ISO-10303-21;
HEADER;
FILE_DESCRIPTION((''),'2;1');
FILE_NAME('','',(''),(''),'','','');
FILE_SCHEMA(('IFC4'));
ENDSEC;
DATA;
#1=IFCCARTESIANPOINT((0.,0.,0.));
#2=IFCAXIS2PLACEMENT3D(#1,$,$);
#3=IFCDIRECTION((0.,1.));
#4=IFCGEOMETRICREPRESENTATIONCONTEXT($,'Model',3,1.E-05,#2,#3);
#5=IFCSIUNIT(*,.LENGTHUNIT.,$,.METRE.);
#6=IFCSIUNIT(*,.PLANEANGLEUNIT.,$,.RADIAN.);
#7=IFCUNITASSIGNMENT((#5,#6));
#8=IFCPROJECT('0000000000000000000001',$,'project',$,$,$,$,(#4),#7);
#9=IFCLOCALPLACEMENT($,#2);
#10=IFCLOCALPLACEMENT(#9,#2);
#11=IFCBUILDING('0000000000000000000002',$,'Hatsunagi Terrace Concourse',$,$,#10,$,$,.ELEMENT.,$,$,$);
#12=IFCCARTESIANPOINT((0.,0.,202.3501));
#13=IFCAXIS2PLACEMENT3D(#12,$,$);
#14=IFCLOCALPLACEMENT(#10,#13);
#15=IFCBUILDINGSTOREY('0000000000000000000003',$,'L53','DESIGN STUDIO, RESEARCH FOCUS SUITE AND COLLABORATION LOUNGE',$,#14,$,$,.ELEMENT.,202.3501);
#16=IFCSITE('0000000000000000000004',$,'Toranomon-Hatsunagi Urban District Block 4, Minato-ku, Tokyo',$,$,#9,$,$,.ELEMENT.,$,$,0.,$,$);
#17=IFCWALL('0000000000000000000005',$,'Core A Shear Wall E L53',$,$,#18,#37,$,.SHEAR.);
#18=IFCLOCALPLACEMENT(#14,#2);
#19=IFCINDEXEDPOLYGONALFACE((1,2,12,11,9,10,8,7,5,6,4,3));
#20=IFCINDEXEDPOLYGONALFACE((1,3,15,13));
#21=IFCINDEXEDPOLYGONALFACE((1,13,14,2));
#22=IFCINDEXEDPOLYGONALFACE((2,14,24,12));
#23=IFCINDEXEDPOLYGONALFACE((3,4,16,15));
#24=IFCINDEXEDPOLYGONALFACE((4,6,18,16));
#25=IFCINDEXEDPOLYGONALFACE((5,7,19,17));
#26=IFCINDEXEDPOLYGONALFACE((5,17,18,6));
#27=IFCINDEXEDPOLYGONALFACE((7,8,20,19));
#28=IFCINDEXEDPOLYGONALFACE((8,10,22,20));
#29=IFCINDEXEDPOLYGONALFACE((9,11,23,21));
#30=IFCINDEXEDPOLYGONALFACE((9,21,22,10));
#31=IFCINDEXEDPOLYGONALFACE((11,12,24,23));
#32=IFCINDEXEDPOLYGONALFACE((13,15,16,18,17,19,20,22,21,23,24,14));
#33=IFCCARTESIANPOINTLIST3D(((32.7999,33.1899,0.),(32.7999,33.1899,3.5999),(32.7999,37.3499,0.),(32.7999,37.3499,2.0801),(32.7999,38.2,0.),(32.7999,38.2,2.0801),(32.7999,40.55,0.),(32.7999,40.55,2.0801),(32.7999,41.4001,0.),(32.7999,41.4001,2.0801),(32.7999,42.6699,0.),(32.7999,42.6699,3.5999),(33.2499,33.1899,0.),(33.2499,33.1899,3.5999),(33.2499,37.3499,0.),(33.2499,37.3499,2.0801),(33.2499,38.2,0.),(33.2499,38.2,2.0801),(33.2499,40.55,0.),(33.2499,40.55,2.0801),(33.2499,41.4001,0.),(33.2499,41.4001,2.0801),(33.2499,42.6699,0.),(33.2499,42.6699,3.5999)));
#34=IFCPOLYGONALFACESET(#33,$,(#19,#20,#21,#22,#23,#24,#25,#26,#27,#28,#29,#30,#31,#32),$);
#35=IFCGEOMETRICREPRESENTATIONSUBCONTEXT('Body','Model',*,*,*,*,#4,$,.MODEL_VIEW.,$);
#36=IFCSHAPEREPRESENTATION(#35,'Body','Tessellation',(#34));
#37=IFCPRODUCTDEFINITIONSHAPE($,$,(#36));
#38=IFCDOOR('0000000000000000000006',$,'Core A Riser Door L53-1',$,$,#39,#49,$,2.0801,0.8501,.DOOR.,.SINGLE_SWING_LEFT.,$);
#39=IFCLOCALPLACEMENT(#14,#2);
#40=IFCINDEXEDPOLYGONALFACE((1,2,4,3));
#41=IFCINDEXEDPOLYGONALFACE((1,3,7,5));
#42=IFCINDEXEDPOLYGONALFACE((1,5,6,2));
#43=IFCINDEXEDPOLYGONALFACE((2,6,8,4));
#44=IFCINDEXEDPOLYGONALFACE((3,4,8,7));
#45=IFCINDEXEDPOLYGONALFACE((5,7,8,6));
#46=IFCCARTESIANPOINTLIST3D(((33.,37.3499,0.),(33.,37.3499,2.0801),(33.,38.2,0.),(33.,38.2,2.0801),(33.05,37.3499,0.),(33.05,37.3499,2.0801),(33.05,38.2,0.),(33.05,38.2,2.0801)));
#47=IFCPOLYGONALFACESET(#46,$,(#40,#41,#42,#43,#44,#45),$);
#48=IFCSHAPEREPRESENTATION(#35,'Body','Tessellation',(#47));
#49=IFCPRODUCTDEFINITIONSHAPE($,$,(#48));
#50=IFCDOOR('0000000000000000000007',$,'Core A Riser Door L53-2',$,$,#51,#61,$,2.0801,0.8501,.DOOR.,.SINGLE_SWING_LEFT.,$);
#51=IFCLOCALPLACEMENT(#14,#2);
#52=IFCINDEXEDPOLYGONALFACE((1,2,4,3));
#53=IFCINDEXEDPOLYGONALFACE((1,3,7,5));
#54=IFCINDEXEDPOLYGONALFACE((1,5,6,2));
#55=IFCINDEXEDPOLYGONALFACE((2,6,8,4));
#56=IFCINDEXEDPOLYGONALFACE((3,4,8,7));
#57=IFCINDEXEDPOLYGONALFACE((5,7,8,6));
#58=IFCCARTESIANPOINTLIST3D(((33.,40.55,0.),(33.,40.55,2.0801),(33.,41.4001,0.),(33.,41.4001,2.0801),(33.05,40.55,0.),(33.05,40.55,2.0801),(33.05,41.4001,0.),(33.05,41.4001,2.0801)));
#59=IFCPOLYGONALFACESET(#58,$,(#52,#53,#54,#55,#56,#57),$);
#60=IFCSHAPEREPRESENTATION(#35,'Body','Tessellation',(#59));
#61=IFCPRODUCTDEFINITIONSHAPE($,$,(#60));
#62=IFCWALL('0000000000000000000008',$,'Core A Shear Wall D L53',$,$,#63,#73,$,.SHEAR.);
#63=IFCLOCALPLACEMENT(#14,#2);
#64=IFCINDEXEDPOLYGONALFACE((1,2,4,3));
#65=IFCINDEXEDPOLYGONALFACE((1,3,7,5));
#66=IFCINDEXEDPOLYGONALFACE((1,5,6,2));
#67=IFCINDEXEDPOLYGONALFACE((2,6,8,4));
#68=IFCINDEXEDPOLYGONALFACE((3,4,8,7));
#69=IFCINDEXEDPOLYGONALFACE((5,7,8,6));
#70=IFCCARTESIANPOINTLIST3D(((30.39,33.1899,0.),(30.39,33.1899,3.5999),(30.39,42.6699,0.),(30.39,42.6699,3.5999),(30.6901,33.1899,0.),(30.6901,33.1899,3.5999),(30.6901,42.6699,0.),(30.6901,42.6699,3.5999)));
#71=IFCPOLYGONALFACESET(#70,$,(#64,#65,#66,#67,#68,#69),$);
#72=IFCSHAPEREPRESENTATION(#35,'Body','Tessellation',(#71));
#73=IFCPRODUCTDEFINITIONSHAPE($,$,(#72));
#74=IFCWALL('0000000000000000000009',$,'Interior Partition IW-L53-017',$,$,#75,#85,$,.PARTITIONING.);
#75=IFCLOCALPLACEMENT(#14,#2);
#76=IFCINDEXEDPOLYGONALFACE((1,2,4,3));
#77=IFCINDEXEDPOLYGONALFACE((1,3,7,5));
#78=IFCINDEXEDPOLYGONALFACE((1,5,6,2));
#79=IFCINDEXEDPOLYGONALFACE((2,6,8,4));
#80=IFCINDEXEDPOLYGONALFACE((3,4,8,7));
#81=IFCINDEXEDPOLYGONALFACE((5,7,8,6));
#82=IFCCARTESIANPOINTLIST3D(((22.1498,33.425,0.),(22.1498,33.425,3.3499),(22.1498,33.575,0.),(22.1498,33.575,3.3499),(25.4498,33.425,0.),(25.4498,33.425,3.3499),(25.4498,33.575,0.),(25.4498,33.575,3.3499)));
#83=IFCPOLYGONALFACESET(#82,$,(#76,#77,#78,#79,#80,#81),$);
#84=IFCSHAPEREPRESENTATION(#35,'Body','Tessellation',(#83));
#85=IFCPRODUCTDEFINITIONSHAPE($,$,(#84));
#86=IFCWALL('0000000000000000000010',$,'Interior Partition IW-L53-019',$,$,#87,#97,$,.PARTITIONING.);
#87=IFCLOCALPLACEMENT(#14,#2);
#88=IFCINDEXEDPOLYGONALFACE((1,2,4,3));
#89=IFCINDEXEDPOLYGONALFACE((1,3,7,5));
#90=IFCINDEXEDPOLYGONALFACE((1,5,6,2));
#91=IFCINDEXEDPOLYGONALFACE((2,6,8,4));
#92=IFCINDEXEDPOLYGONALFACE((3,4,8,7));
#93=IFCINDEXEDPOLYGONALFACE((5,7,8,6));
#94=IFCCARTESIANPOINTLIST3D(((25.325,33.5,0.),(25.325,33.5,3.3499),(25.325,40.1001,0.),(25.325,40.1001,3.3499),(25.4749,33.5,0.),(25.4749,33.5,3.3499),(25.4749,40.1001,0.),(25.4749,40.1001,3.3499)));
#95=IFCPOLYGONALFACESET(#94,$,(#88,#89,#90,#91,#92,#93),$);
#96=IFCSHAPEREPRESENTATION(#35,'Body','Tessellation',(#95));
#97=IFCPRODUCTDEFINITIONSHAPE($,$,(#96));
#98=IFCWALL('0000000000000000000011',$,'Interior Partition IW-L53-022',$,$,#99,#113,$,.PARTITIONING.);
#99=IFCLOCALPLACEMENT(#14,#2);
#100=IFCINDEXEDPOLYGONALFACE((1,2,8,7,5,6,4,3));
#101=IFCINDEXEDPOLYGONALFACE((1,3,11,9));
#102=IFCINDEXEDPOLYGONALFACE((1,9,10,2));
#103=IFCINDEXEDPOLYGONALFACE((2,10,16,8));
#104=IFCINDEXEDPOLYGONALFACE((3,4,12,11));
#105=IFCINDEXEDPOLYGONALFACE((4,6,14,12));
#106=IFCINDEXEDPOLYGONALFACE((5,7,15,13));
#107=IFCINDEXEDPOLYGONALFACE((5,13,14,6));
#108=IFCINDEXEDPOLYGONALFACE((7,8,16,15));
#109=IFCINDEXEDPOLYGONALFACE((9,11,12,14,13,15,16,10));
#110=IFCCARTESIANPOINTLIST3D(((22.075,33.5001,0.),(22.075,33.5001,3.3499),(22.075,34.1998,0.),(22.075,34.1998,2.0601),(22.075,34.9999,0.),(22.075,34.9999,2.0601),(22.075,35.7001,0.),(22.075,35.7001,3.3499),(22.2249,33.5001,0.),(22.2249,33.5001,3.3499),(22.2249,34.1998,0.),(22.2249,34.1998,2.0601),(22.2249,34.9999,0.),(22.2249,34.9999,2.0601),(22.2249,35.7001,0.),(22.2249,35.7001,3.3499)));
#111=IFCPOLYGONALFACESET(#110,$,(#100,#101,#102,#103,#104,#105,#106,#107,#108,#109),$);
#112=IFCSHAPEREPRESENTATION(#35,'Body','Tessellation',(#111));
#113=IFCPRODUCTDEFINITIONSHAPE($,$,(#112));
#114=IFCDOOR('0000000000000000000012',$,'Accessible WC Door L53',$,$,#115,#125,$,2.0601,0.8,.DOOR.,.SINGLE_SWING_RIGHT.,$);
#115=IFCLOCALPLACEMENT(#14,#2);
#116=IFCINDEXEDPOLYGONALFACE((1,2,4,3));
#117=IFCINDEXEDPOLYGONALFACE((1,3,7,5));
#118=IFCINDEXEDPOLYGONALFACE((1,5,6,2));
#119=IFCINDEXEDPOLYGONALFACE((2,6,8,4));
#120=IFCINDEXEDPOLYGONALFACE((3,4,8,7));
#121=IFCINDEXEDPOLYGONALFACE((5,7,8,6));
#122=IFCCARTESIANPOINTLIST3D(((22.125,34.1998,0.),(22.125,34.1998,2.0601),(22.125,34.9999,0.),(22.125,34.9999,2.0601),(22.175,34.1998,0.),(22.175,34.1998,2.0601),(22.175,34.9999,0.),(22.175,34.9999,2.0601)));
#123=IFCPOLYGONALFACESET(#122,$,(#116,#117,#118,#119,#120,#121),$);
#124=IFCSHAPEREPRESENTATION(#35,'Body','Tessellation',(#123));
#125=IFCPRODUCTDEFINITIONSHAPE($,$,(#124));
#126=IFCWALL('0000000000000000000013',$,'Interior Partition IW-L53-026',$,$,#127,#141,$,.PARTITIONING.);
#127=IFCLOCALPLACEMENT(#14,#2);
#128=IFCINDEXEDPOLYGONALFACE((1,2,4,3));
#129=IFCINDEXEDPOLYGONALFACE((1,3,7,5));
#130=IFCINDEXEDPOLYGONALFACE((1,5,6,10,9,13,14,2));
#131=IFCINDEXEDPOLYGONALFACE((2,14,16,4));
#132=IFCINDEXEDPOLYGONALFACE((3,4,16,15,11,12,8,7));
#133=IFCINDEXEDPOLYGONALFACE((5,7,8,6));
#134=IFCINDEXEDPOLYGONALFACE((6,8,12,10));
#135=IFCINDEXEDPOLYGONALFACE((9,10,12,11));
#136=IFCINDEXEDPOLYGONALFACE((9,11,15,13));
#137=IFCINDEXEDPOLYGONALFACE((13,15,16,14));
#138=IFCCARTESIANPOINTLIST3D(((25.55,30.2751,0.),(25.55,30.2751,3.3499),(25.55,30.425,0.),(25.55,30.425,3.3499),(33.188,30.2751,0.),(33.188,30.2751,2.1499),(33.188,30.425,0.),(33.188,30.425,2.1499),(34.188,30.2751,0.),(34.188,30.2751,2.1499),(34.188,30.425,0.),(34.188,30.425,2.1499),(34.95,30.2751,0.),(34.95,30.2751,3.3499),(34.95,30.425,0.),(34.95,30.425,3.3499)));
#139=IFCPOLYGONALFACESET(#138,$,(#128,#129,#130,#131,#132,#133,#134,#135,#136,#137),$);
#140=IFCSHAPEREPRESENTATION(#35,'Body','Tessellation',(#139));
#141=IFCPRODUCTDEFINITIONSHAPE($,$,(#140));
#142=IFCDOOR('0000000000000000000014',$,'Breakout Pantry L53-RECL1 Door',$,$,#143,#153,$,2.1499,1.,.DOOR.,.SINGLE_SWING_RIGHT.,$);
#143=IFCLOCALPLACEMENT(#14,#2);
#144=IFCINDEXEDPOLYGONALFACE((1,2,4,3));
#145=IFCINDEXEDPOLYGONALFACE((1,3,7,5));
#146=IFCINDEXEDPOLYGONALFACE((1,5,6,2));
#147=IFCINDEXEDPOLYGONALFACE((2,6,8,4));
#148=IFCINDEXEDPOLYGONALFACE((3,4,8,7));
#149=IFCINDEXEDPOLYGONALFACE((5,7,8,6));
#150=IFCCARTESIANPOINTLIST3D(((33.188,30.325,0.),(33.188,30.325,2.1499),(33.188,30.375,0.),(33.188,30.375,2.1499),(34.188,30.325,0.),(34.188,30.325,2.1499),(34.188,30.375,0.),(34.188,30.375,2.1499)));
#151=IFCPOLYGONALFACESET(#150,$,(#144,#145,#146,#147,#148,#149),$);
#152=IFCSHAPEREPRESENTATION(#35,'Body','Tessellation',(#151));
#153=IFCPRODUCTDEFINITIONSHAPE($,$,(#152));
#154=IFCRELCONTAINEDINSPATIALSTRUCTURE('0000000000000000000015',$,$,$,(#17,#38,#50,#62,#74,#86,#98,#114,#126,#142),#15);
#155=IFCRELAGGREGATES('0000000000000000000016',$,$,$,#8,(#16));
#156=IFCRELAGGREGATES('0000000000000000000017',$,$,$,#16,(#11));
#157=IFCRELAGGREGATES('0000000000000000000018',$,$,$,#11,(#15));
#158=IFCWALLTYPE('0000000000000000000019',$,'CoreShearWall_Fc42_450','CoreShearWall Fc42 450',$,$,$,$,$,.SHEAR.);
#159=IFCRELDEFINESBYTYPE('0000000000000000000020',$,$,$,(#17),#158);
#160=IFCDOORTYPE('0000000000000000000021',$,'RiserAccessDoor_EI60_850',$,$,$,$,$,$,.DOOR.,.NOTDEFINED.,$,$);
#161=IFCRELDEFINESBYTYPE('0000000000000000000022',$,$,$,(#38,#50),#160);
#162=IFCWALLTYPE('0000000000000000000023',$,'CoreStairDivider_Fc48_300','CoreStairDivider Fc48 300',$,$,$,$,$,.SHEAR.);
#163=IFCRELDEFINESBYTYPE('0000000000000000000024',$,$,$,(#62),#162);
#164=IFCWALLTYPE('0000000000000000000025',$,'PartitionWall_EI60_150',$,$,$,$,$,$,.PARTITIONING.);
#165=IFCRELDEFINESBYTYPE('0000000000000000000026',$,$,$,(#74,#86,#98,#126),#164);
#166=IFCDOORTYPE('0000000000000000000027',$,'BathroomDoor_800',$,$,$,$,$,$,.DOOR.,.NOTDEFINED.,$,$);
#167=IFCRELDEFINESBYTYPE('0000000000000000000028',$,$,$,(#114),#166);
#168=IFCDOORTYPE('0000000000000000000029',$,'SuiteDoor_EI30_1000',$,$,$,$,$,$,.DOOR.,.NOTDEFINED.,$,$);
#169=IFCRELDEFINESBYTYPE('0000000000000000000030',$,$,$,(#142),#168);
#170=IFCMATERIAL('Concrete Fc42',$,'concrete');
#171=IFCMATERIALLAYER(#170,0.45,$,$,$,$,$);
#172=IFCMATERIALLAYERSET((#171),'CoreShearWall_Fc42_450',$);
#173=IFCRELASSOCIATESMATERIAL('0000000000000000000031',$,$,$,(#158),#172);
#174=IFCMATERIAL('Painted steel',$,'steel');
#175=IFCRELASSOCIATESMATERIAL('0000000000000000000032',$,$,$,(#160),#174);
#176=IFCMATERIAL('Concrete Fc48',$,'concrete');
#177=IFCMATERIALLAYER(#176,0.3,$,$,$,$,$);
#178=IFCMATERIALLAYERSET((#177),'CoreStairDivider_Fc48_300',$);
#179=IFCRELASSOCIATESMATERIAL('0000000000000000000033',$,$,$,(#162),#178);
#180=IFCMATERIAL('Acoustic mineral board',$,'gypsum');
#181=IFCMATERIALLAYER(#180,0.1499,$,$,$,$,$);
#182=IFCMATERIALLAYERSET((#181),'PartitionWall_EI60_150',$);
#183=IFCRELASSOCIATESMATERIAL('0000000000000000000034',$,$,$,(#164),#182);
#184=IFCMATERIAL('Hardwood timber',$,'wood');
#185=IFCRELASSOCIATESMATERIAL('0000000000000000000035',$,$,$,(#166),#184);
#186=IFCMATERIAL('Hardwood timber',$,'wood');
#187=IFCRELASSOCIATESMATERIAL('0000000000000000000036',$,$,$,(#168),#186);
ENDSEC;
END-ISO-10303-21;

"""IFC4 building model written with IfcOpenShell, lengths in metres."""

from ifc_helpers import new_model, si_unit, direction, frame, frame_2d, origin, place, context, subcontext, project, spatial, rectangle, extrude, material, layer, layer_set, type_object, element, fill, save


model = new_model("IFC4")

# Units and contexts
model_context = context("Model", 3, precision=1e-05, world=origin(), true_north=direction((0.0, 1.0)))
body_context = subcontext(model_context, "Body", "Model", "MODEL_VIEW")
ifc_project = project(units=[si_unit("LENGTHUNIT", "METRE"), si_unit("PLANEANGLEUNIT", "RADIAN")], contexts=[model_context])

# Site, building, storey
site_placement = place(None, origin())
site = spatial("IfcSite", under=ifc_project, at=site_placement, Name="Toranomon-Hatsunagi Urban District Block 4, Minato-ku, Tokyo", CompositionType="ELEMENT", RefElevation=0.0)
building_placement = place(site_placement, origin())
building = spatial("IfcBuilding", under=site, at=building_placement, Name="Hatsunagi Terrace Concourse", CompositionType="ELEMENT")
storey_placement = place(building_placement, frame((0.0, 0.0, 202.3501)))
storey = spatial("IfcBuildingStorey", under=building, at=storey_placement, Name="L53", Description="DESIGN STUDIO, RESEARCH FOCUS SUITE AND COLLABORATION LOUNGE", CompositionType="ELEMENT", Elevation=202.3501)

# Shared definitions
ifc_material_1 = material(Name="Concrete Fc42", Category="concrete")
ifc_layer_1 = layer(ifc_material_1, 0.45)
ifc_layer_set_1 = layer_set([ifc_layer_1], Name="CoreShearWall_Fc42_450")
wall_type_1 = type_object("IfcWallType", Name="CoreShearWall_Fc42_450", Description="CoreShearWall Fc42 450", PredefinedType="SHEAR", material=ifc_layer_set_1)

# Wall, openings, doors
wall_1_placement = place(storey_placement, frame((33.0249, 33.1899, 0.0), z_axis=(0.0, 0.0, 1.0), x_axis=(0.0, 1.0, 0.0)))
wall_1 = element("IfcWall", 1, at=wall_1_placement, inside=storey, type_object=wall_type_1, Name="Core A Shear Wall E L53", PredefinedType="SHEAR", context=body_context, shape_type="SweptSolid", body=[
    extrude(rectangle(XDim=9.48, YDim=0.45, at=frame_2d((4.74, 0.0))), origin(), (0.0, 0.0, 1.0), 3.5999),
])
opening_1_placement = place(wall_1_placement, frame((4.1599, 0.0, 0.0)))
opening_1 = element("IfcOpeningElement", 2, at=opening_1_placement, cuts=wall_1, PredefinedType="OPENING", context=body_context, shape_type="SweptSolid", body=[
    extrude(rectangle(XDim=0.8501, YDim=2.0801, at=frame_2d((0.425, 1.04))), frame((0.0, 0.2349, 0.0), z_axis=(0.0, -1.0, 0.0), x_axis=(1.0, 0.0, 0.0)), (0.0, 0.0, 1.0), 0.47),
])
opening_2_placement = place(wall_1_placement, frame((7.3601, 0.0, 0.0)))
opening_2 = element("IfcOpeningElement", 3, at=opening_2_placement, cuts=wall_1, PredefinedType="OPENING", context=body_context, shape_type="SweptSolid", body=[
    extrude(rectangle(XDim=0.8501, YDim=2.0801, at=frame_2d((0.425, 1.04))), frame((0.0, 0.2349, 0.0), z_axis=(0.0, -1.0, 0.0), x_axis=(1.0, 0.0, 0.0)), (0.0, 0.0, 1.0), 0.47),
])
ifc_material_2 = material(Name="Painted steel", Category="steel")
door_type_1 = type_object("IfcDoorType", Name="RiserAccessDoor_EI60_850", OperationType="NOTDEFINED", PredefinedType="DOOR", material=ifc_material_2)
door_1_placement = place(opening_1_placement, origin())
door_1 = element("IfcDoor", 4, at=door_1_placement, inside=storey, type_object=door_type_1, Name="Core A Riser Door L53-1", OperationType="SINGLE_SWING_LEFT", OverallHeight=2.0801, OverallWidth=0.8501, PredefinedType="DOOR", context=body_context, shape_type="SweptSolid", body=[
    extrude(rectangle(XDim=0.8501, YDim=2.0801, at=frame_2d((0.425, 1.04))), frame((0.0, 0.0249, 0.0), z_axis=(0.0, -1.0, 0.0), x_axis=(1.0, 0.0, 0.0)), (0.0, 0.0, 1.0), 0.05),
])
fill(opening_1, door_1)
door_2_placement = place(opening_2_placement, origin())
door_2 = element("IfcDoor", 5, at=door_2_placement, inside=storey, type_object=door_type_1, Name="Core A Riser Door L53-2", OperationType="SINGLE_SWING_LEFT", OverallHeight=2.0801, OverallWidth=0.8501, PredefinedType="DOOR", context=body_context, shape_type="SweptSolid", body=[
    extrude(rectangle(XDim=0.8501, YDim=2.0801, at=frame_2d((0.425, 1.04))), frame((0.0, 0.0249, 0.0), z_axis=(0.0, -1.0, 0.0), x_axis=(1.0, 0.0, 0.0)), (0.0, 0.0, 1.0), 0.05),
])
fill(opening_2, door_2)

# Walls
ifc_material_3 = material(Name="Concrete Fc48", Category="concrete")
ifc_layer_2 = layer(ifc_material_3, 0.3)
ifc_layer_set_2 = layer_set([ifc_layer_2], Name="CoreStairDivider_Fc48_300")
wall_type_2 = type_object("IfcWallType", Name="CoreStairDivider_Fc48_300", Description="CoreStairDivider Fc48 300", PredefinedType="SHEAR", material=ifc_layer_set_2)
wall_2_placement = place(storey_placement, frame((30.54, 33.1899, 0.0), z_axis=(0.0, 0.0, 1.0), x_axis=(0.0, 1.0, 0.0)))
element("IfcWall", 6, at=wall_2_placement, inside=storey, type_object=wall_type_2, Name="Core A Shear Wall D L53", PredefinedType="SHEAR", context=body_context, shape_type="SweptSolid", body=[
    extrude(rectangle(XDim=9.48, YDim=0.3, at=frame_2d((4.74, 0.0))), origin(), (0.0, 0.0, 1.0), 3.5999),
])
ifc_material_4 = material(Name="Acoustic mineral board", Category="gypsum")
ifc_layer_3 = layer(ifc_material_4, 0.1499)
ifc_layer_set_3 = layer_set([ifc_layer_3], Name="PartitionWall_EI60_150")
wall_type_3 = type_object("IfcWallType", Name="PartitionWall_EI60_150", PredefinedType="PARTITIONING", material=ifc_layer_set_3)
wall_3_placement = place(storey_placement, frame((22.1499, 33.5, 0.0), z_axis=(0.0, 0.0, 1.0), x_axis=(1.0, 0.0, 0.0)))
element("IfcWall", 7, at=wall_3_placement, inside=storey, type_object=wall_type_3, Name="Interior Partition IW-L53-017", PredefinedType="PARTITIONING", context=body_context, shape_type="SweptSolid", body=[
    extrude(rectangle(XDim=3.3, YDim=0.1499, at=frame_2d((1.6499, 0.0))), origin(), (0.0, 0.0, 1.0), 3.3499),
])
wall_4_placement = place(storey_placement, frame((25.3999, 33.5, 0.0), z_axis=(0.0, 0.0, 1.0), x_axis=(0.0, 1.0, 0.0)))
element("IfcWall", 8, at=wall_4_placement, inside=storey, type_object=wall_type_3, Name="Interior Partition IW-L53-019", PredefinedType="PARTITIONING", context=body_context, shape_type="SweptSolid", body=[
    extrude(rectangle(XDim=6.6001, YDim=0.1499, at=frame_2d((3.3, 0.0))), origin(), (0.0, 0.0, 1.0), 3.3499),
])

# Walls, openings, doors
wall_5_placement = place(storey_placement, frame((22.1499, 33.5, 0.0), z_axis=(0.0, 0.0, 1.0), x_axis=(0.0, 1.0, 0.0)))
wall_5 = element("IfcWall", 9, at=wall_5_placement, inside=storey, type_object=wall_type_3, Name="Interior Partition IW-L53-022", PredefinedType="PARTITIONING", context=body_context, shape_type="SweptSolid", body=[
    extrude(rectangle(XDim=2.2, YDim=0.1499, at=frame_2d((1.1001, 0.0))), origin(), (0.0, 0.0, 1.0), 3.3499),
])
opening_3_placement = place(wall_5_placement, frame((0.7, 0.0, 0.0)))
opening_3 = element("IfcOpeningElement", 10, at=opening_3_placement, cuts=wall_5, PredefinedType="OPENING", context=body_context, shape_type="SweptSolid", body=[
    extrude(rectangle(XDim=0.8, YDim=2.0601, at=frame_2d((0.3999, 1.03))), frame((0.0, 0.085, 0.0), z_axis=(0.0, -1.0, 0.0), x_axis=(1.0, 0.0, 0.0)), (0.0, 0.0, 1.0), 0.1699),
])
ifc_material_5 = material(Name="Hardwood timber", Category="wood")
door_type_2 = type_object("IfcDoorType", Name="BathroomDoor_800", OperationType="NOTDEFINED", PredefinedType="DOOR", material=ifc_material_5)
door_3_placement = place(opening_3_placement, origin())
door_3 = element("IfcDoor", 11, at=door_3_placement, inside=storey, type_object=door_type_2, Name="Accessible WC Door L53", OperationType="SINGLE_SWING_RIGHT", OverallHeight=2.0601, OverallWidth=0.8, PredefinedType="DOOR", context=body_context, shape_type="SweptSolid", body=[
    extrude(rectangle(XDim=0.8, YDim=2.0601, at=frame_2d((0.3999, 1.03))), frame((0.0, 0.0249, 0.0), z_axis=(0.0, -1.0, 0.0), x_axis=(1.0, 0.0, 0.0)), (0.0, 0.0, 1.0), 0.05),
])
fill(opening_3, door_3)
wall_6_placement = place(storey_placement, frame((25.55, 30.3501, 0.0), z_axis=(0.0, 0.0, 1.0), x_axis=(1.0, 0.0, 0.0)))
wall_6 = element("IfcWall", 12, at=wall_6_placement, inside=storey, type_object=wall_type_3, Name="Interior Partition IW-L53-026", PredefinedType="PARTITIONING", context=body_context, shape_type="SweptSolid", body=[
    extrude(rectangle(XDim=9.3999, YDim=0.1499, at=frame_2d((4.7, 0.0))), origin(), (0.0, 0.0, 1.0), 3.3499),
])
opening_4_placement = place(wall_6_placement, frame((7.6379, 0.0, 0.0)))
opening_4 = element("IfcOpeningElement", 13, at=opening_4_placement, cuts=wall_6, PredefinedType="OPENING", context=body_context, shape_type="SweptSolid", body=[
    extrude(rectangle(XDim=1.0, YDim=2.1499, at=frame_2d((0.5, 1.075))), frame((0.0, 0.085, 0.0), z_axis=(0.0, -1.0, 0.0), x_axis=(1.0, 0.0, 0.0)), (0.0, 0.0, 1.0), 0.1699),
])
ifc_material_6 = material(Name="Hardwood timber", Category="wood")
door_type_3 = type_object("IfcDoorType", Name="SuiteDoor_EI30_1000", OperationType="NOTDEFINED", PredefinedType="DOOR", material=ifc_material_6)
door_4_placement = place(opening_4_placement, origin())
door_4 = element("IfcDoor", 14, at=door_4_placement, inside=storey, type_object=door_type_3, Name="Breakout Pantry L53-RECL1 Door", OperationType="SINGLE_SWING_RIGHT", OverallHeight=2.1499, OverallWidth=1.0, PredefinedType="DOOR", context=body_context, shape_type="SweptSolid", body=[
    extrude(rectangle(XDim=1.0, YDim=2.1499, at=frame_2d((0.5, 1.075))), frame((0.0, 0.0249, 0.0), z_axis=(0.0, -1.0, 0.0), x_axis=(1.0, 0.0, 0.0)), (0.0, 0.0, 1.0), 0.05),
])
fill(opening_4, door_4)

save(model, "model.ifc")
